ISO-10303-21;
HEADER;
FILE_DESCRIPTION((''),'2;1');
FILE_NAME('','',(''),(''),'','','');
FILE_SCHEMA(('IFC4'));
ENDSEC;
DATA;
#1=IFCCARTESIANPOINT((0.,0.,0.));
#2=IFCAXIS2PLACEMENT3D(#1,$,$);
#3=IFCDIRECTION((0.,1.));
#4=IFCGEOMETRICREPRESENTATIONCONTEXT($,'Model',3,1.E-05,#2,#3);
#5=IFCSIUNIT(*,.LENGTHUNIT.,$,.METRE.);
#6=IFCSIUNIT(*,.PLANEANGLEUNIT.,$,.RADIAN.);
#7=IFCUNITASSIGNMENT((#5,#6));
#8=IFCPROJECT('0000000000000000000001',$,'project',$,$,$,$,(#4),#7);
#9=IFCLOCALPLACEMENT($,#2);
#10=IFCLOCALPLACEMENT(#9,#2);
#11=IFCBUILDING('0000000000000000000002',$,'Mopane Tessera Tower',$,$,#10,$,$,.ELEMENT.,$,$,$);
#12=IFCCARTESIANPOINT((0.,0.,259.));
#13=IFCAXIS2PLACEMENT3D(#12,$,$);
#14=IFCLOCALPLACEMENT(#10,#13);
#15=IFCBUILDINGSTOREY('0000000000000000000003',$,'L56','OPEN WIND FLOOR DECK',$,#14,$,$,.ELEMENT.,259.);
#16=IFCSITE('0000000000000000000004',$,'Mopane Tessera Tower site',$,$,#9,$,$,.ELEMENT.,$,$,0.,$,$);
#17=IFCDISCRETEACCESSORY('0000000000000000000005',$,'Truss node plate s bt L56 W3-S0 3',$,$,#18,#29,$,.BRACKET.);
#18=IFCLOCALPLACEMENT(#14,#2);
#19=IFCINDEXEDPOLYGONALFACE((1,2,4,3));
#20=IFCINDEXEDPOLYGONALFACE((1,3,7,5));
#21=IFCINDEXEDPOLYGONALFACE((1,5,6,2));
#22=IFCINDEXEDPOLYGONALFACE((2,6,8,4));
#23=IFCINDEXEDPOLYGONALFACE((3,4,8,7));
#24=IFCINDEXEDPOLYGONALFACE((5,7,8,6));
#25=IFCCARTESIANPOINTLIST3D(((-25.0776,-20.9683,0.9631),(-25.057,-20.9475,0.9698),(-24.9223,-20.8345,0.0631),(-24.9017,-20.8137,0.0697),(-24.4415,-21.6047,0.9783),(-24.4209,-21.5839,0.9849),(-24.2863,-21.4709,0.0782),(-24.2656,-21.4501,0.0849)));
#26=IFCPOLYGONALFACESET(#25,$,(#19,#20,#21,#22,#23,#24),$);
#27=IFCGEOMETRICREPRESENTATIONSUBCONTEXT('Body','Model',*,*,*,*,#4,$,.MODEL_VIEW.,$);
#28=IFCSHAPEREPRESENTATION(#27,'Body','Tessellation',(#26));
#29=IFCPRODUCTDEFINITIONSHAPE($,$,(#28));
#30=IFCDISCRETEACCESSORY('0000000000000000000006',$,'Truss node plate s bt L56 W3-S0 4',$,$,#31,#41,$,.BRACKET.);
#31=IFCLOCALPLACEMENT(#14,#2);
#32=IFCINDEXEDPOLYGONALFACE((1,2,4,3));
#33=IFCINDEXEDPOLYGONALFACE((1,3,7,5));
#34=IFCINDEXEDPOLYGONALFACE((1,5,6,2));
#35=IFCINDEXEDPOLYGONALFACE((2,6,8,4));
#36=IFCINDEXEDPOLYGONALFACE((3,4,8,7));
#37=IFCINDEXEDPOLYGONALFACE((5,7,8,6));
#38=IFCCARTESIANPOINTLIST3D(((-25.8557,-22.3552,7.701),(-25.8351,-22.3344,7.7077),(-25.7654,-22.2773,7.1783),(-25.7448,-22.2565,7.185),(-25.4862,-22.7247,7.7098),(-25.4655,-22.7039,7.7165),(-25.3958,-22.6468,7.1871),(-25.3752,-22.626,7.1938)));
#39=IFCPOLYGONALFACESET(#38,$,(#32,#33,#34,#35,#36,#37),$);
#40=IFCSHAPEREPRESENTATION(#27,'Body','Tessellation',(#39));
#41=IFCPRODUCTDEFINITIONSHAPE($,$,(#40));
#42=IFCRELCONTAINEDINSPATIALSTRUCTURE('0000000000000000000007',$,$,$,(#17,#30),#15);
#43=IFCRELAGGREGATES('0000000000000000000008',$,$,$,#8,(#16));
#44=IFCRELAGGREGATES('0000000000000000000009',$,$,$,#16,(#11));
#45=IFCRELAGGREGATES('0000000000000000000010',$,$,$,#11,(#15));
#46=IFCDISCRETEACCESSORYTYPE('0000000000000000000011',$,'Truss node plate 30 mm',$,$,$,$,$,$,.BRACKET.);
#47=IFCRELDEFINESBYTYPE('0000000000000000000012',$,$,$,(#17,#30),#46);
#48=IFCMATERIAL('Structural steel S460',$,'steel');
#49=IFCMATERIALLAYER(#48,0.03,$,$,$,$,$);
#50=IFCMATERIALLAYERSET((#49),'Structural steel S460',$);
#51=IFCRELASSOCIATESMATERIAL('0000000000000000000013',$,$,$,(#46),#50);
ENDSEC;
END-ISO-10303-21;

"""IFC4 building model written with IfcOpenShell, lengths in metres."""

from ifc_helpers import new_model, si_unit, direction, frame, origin, origin_2d, place, context, subcontext, project, spatial, rectangle, extrude, material, layer, layer_set, type_object, element, save


model = new_model("IFC4")

# Units and contexts
model_context = context("Model", 3, precision=1e-05, world=origin(), true_north=direction((0.0, 1.0)))
body_context = subcontext(model_context, "Body", "Model", "MODEL_VIEW")
ifc_project = project(units=[si_unit("LENGTHUNIT", "METRE"), si_unit("PLANEANGLEUNIT", "RADIAN")], contexts=[model_context])

# Site, building, storey
site_placement = place(None, origin())
site = spatial("IfcSite", under=ifc_project, at=site_placement, Name="Mopane Tessera Tower site", CompositionType="ELEMENT", RefElevation=0.0)
building_placement = place(site_placement, origin())
building = spatial("IfcBuilding", under=site, at=building_placement, Name="Mopane Tessera Tower", CompositionType="ELEMENT")
storey_placement = place(building_placement, frame((0.0, 0.0, 259.0)))
storey = spatial("IfcBuildingStorey", under=building, at=storey_placement, Name="L56", Description="OPEN WIND FLOOR DECK", CompositionType="ELEMENT", Elevation=259.0)

# Discrete accessories
ifc_material_1 = material(Name="Structural steel S460", Category="steel")
ifc_layer_1 = layer(ifc_material_1, 0.03)
ifc_layer_set_1 = layer_set([ifc_layer_1], Name="Structural steel S460")
discrete_accessory_type = type_object("IfcDiscreteAccessoryType", Name="Truss node plate 30 mm", PredefinedType="BRACKET", material=ifc_layer_set_1)
discrete_accessory_1_placement = place(storey_placement, frame((-24.594, -21.1423, 0.074), z_axis=(-0.168193, -0.144921, 0.975043), x_axis=(0.687106, 0.692009, 0.221378)))
element("IfcDiscreteAccessory", 1, at=discrete_accessory_1_placement, inside=storey, type_object=discrete_accessory_type, Name="Truss node plate s bt L56 W3-S0 3", PredefinedType="BRACKET", context=body_context, shape_type="SweptSolid", body=[
    extrude(rectangle(XDim=0.03, YDim=0.8999, at=origin_2d()), origin(), (0.0, 0.0, 1.0), 0.9231),
])
discrete_accessory_2_placement = place(storey_placement, frame((-25.5703, -22.4517, 7.186), z_axis=(-0.168486, -0.145262, 0.974942), x_axis=(0.68682, 0.692151, 0.221821)))
element("IfcDiscreteAccessory", 2, at=discrete_accessory_2_placement, inside=storey, type_object=discrete_accessory_type, Name="Truss node plate s bt L56 W3-S0 4", PredefinedType="BRACKET", context=body_context, shape_type="SweptSolid", body=[
    extrude(rectangle(XDim=0.03, YDim=0.5227, at=origin_2d()), origin(), (0.0, 0.0, 1.0), 0.5361),
])

save(model, "model.ifc")
